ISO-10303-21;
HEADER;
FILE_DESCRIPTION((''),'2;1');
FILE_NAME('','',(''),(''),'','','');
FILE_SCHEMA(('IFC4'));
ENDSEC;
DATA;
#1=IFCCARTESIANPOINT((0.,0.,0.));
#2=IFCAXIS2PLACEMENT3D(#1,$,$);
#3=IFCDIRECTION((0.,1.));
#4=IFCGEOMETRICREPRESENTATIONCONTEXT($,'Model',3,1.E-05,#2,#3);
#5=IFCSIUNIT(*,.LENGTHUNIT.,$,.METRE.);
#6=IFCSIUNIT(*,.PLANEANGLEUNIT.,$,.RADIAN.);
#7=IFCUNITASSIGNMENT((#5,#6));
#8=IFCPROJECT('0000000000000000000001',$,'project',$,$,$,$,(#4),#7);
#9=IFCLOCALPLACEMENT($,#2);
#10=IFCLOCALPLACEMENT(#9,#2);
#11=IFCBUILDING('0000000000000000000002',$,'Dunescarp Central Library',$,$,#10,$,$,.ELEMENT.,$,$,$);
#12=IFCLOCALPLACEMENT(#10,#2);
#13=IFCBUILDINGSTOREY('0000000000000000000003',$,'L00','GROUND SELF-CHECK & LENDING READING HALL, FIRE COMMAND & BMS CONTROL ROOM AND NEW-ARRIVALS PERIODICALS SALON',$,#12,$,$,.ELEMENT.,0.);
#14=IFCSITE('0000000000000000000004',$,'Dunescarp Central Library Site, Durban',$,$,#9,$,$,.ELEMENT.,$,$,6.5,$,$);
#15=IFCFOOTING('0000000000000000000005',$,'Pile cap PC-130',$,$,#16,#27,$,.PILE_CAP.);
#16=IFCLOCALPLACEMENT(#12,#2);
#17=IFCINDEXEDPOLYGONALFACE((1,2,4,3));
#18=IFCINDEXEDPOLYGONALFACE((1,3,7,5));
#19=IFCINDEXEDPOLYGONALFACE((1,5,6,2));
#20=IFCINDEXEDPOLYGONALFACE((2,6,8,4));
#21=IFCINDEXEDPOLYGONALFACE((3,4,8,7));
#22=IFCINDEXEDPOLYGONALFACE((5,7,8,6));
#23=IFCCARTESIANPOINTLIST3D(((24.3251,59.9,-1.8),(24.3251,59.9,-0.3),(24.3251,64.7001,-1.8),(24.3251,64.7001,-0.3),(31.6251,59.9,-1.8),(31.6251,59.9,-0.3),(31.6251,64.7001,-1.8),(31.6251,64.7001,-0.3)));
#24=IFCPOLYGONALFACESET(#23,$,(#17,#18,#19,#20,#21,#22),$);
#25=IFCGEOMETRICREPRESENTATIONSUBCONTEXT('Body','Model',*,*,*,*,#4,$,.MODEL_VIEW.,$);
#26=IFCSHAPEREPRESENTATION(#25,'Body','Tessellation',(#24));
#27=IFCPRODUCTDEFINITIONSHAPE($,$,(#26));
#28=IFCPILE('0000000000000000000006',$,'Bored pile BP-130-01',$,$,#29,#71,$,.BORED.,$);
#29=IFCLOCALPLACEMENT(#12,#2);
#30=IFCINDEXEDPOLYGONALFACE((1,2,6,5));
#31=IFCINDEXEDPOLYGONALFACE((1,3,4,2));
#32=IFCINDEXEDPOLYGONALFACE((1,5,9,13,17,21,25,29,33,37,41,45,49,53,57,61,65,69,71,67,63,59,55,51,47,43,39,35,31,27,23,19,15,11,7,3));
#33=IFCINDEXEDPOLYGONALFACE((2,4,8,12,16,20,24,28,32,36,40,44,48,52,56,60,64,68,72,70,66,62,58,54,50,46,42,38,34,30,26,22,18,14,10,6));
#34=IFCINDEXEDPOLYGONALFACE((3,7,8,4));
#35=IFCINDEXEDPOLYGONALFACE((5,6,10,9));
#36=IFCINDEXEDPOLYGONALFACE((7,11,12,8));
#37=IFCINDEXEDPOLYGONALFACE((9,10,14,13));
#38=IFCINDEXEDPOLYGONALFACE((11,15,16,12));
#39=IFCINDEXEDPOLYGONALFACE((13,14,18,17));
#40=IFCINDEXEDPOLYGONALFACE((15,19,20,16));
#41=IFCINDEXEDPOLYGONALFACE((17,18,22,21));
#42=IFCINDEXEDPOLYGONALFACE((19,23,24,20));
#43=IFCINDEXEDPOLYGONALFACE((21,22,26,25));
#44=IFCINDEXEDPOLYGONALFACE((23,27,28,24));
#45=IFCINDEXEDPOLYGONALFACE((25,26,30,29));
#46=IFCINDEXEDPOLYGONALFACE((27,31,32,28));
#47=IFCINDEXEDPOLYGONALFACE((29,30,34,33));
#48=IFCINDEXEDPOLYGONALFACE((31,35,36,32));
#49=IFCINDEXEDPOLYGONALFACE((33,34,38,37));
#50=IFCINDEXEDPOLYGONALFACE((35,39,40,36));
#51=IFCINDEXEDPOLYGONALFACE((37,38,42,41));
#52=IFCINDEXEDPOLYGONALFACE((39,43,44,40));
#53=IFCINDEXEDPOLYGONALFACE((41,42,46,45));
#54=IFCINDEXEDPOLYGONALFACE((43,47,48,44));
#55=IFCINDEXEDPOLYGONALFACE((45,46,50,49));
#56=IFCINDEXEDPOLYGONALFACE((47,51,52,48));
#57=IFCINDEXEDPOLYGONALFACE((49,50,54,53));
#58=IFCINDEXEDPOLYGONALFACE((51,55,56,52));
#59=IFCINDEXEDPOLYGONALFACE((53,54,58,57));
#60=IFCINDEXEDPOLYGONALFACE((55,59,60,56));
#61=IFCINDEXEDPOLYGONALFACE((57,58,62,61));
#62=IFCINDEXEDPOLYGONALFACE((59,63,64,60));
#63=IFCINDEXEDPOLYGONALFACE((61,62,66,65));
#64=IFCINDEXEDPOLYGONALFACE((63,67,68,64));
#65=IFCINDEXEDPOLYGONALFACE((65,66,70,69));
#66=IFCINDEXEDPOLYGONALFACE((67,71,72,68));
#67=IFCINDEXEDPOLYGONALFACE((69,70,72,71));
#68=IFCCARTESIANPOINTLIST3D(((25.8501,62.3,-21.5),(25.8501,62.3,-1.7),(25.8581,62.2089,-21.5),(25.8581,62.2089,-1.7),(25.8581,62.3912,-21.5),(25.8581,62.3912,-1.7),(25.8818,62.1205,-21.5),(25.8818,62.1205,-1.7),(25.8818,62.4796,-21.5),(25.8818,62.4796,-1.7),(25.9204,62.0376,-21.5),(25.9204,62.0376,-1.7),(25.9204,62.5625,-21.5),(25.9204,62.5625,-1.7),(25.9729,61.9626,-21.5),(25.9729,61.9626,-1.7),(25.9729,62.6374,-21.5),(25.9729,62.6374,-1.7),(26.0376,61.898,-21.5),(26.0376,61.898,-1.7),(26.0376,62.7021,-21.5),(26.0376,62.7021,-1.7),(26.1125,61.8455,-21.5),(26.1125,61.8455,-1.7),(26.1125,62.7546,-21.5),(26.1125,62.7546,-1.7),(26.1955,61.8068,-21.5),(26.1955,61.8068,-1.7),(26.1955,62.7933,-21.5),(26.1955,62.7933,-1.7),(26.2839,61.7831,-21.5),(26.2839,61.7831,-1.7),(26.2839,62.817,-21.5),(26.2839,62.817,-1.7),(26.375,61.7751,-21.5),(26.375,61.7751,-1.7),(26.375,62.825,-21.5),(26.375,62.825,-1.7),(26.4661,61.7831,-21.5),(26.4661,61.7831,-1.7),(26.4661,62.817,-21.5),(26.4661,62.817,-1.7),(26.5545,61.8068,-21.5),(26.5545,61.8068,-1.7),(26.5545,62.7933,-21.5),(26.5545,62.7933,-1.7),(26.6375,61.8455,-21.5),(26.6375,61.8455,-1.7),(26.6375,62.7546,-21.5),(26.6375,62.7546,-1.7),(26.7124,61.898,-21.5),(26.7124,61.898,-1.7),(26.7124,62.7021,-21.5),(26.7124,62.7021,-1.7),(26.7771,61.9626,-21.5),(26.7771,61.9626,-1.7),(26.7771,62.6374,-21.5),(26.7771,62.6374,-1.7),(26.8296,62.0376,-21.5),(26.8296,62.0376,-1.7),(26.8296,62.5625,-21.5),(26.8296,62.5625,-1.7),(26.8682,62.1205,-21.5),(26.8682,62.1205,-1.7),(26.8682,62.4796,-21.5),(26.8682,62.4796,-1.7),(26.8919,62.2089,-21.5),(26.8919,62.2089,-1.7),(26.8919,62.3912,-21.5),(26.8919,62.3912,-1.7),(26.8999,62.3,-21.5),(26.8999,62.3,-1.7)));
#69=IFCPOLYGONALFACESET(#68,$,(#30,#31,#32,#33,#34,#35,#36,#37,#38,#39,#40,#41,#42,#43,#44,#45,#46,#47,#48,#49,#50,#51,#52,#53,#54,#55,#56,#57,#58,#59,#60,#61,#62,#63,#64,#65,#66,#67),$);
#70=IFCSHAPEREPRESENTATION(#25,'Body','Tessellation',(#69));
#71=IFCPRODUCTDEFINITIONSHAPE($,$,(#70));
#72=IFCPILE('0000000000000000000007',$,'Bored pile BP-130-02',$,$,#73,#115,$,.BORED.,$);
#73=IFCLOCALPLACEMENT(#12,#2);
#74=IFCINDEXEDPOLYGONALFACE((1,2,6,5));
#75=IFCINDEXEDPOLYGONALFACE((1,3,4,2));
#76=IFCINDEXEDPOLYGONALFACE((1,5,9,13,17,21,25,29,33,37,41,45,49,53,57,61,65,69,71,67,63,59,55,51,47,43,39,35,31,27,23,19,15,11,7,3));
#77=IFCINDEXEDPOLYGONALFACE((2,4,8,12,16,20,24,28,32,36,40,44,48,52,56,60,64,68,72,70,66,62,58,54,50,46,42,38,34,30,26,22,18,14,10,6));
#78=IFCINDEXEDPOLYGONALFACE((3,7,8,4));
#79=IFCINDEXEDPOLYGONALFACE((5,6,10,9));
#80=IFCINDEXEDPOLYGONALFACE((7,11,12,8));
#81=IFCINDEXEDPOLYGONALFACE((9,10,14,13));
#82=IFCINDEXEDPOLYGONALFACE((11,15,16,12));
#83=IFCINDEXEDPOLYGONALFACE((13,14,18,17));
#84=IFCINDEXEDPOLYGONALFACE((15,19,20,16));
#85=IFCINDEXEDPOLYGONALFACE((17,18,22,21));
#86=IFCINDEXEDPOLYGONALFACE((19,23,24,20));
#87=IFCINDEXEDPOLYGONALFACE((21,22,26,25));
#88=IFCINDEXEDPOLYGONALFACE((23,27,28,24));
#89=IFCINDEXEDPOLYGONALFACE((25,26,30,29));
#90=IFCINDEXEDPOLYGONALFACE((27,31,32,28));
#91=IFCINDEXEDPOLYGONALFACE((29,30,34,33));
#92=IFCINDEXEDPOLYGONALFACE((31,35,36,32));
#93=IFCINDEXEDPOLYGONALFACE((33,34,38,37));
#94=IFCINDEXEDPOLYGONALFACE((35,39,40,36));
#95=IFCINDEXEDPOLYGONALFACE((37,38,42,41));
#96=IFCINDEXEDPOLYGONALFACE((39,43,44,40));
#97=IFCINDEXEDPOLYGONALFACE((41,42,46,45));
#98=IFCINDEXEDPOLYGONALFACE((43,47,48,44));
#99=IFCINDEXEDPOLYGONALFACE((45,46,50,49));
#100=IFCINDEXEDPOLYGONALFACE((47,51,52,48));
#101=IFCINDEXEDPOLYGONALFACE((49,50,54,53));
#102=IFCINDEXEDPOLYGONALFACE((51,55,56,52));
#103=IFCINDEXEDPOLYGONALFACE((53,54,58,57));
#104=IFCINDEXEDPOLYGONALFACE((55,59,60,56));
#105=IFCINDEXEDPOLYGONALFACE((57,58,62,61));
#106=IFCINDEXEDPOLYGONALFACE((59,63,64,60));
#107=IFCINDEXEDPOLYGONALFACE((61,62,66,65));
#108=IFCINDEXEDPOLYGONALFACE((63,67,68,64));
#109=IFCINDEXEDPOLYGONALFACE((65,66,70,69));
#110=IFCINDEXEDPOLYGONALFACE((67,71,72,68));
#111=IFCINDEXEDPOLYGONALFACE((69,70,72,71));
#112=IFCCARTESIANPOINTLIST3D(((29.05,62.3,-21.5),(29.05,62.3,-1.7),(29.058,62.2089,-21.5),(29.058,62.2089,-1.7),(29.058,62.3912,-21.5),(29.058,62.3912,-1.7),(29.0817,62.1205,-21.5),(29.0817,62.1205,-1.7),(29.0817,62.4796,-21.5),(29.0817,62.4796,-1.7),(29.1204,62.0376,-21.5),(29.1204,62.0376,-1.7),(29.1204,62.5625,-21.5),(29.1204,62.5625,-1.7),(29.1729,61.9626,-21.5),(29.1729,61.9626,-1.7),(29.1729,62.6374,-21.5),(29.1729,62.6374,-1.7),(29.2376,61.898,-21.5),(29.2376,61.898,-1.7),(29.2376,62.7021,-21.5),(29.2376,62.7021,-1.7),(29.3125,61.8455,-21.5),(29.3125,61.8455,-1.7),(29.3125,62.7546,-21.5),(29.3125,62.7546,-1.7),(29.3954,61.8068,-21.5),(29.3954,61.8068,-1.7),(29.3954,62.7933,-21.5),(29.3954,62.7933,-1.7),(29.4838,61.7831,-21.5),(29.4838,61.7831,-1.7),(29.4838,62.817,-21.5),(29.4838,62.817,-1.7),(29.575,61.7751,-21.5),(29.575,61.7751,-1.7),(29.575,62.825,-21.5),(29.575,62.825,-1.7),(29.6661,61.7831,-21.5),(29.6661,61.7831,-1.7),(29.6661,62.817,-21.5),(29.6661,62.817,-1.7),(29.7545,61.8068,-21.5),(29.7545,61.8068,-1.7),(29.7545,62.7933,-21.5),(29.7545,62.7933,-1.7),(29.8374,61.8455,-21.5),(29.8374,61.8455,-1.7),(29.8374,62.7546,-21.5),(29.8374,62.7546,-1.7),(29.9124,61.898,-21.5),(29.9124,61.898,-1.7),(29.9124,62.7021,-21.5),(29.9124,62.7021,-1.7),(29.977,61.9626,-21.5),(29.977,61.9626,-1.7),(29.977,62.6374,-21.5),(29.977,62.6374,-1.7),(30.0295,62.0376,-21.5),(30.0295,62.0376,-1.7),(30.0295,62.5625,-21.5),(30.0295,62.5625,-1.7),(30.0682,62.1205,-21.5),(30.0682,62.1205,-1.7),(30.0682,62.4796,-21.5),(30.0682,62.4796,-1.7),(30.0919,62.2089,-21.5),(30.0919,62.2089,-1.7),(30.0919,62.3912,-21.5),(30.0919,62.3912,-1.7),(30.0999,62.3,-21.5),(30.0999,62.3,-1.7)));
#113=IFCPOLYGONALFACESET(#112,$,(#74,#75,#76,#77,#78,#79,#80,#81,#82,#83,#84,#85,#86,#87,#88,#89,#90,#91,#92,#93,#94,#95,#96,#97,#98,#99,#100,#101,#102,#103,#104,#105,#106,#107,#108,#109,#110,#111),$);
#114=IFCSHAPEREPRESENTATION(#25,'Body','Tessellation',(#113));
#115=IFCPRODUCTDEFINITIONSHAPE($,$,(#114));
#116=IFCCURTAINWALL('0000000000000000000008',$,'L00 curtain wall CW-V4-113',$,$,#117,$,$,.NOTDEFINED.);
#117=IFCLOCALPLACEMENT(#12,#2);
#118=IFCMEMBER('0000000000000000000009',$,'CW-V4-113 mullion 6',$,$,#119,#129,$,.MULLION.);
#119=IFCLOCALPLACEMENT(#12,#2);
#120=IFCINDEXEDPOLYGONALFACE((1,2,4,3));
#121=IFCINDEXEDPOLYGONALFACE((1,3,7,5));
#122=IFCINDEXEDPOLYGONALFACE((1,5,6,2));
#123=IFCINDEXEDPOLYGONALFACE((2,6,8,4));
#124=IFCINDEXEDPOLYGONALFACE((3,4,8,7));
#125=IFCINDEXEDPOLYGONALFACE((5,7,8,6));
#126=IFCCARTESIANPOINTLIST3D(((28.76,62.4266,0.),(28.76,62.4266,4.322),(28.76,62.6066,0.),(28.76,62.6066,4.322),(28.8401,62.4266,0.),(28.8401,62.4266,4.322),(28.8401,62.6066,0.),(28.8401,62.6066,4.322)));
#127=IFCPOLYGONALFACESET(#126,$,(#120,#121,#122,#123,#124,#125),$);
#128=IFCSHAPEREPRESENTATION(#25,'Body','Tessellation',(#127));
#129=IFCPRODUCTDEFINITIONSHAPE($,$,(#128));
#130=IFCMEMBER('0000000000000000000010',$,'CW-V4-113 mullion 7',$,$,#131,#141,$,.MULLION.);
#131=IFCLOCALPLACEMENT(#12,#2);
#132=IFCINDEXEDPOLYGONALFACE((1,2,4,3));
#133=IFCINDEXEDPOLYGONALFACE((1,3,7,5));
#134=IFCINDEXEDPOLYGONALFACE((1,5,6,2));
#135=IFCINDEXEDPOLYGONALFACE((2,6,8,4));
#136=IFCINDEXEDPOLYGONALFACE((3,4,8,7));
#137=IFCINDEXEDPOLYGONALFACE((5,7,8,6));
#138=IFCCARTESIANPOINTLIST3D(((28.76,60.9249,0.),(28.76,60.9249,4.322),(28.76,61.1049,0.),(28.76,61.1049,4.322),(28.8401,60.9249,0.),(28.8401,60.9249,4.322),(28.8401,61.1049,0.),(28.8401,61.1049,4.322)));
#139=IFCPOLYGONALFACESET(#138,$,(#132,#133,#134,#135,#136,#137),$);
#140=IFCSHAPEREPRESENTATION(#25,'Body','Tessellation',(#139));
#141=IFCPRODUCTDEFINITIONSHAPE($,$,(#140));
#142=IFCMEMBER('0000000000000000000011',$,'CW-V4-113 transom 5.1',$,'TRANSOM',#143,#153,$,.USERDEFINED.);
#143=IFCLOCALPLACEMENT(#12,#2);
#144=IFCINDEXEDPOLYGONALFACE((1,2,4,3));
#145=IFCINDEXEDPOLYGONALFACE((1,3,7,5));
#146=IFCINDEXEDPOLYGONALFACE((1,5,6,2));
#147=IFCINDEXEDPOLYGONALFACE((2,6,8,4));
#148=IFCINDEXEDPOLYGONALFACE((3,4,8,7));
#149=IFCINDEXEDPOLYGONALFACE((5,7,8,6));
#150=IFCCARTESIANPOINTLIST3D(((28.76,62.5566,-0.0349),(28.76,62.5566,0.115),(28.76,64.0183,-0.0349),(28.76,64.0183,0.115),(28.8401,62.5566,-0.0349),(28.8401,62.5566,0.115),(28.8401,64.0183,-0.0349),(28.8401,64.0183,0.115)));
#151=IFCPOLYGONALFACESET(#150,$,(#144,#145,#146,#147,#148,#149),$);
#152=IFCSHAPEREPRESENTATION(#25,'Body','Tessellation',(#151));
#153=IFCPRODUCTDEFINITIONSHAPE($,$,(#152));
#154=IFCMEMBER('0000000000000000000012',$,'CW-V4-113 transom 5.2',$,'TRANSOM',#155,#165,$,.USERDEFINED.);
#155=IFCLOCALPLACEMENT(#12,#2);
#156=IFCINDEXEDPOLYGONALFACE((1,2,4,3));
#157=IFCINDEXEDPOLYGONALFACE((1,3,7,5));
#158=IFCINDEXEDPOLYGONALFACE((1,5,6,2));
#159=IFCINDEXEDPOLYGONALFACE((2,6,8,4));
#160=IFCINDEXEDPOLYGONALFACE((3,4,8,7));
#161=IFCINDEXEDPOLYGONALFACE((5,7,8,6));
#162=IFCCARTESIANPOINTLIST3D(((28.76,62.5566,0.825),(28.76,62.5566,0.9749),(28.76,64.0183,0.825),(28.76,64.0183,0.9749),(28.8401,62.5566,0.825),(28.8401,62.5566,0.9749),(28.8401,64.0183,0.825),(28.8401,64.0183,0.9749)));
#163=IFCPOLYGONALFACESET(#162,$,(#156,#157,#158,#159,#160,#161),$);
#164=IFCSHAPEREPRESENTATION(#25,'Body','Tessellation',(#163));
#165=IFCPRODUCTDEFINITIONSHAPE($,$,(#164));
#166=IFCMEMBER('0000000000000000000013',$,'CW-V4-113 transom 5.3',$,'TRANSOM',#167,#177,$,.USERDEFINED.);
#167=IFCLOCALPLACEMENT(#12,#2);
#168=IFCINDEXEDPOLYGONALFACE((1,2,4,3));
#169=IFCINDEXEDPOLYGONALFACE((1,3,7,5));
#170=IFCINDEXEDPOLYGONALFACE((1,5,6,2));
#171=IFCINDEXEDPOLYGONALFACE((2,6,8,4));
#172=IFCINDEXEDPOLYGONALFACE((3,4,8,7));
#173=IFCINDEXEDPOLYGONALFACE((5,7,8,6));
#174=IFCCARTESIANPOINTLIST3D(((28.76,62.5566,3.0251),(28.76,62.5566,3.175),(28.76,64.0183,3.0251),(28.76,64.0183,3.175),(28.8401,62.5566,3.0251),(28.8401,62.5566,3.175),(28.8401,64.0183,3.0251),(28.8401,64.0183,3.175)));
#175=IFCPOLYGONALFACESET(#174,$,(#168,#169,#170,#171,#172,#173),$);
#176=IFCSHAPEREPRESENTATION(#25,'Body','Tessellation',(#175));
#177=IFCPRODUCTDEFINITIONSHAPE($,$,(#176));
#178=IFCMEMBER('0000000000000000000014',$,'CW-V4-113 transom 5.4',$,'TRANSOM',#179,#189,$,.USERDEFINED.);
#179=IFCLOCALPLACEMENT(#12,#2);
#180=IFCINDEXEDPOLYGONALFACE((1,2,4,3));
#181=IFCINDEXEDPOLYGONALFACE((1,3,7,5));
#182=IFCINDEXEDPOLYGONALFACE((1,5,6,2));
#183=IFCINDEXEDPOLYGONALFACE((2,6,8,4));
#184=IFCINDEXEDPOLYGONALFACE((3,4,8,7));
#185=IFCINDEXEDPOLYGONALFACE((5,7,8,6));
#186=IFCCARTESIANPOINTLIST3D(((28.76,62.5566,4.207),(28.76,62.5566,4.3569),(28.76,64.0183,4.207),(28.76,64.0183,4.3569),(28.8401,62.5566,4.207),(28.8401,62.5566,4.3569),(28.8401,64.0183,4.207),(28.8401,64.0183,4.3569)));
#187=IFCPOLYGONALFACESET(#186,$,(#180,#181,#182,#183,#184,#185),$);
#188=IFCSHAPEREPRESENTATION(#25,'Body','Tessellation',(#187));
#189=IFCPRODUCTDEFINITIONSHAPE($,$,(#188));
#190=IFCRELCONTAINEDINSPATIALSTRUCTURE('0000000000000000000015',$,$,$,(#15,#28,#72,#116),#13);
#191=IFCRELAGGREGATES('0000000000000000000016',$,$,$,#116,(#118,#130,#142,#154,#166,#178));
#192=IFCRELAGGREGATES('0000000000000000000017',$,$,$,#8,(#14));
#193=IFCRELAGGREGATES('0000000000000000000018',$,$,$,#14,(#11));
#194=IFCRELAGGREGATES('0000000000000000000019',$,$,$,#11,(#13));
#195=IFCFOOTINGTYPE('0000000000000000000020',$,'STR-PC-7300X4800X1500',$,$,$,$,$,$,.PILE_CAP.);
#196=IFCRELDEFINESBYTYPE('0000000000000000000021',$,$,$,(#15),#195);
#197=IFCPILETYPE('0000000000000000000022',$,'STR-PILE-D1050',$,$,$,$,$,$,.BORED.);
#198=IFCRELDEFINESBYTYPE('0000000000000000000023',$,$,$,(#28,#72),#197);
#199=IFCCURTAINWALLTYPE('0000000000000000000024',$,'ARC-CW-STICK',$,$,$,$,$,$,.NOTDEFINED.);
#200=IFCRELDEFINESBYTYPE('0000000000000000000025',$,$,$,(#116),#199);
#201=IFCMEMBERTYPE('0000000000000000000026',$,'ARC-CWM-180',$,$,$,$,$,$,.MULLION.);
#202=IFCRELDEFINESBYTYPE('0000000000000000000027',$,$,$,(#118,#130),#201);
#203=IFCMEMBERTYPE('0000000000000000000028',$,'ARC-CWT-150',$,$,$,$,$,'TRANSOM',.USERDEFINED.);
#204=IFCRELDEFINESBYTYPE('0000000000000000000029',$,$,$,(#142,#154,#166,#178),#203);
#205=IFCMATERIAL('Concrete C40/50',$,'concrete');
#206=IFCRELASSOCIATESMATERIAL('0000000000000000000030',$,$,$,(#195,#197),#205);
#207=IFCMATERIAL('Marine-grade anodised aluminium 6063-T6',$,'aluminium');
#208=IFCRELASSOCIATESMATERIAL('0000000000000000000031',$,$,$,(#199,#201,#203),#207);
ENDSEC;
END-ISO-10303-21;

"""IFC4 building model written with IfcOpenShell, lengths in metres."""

from ifc_helpers import new_model, si_unit, direction, frame, origin, origin_2d, place, context, subcontext, project, spatial, rectangle, circle, extrude, material, material_profile, profile_set, type_object, element, aggregate, save


model = new_model("IFC4")

# Units and contexts
model_context = context("Model", 3, precision=1e-05, world=origin(), true_north=direction((0.0, 1.0)))
body_context = subcontext(model_context, "Body", "Model", "MODEL_VIEW")
ifc_project = project(units=[si_unit("LENGTHUNIT", "METRE"), si_unit("PLANEANGLEUNIT", "RADIAN")], contexts=[model_context])

# Site, building, storey
site_placement = place(None, origin())
site = spatial("IfcSite", under=ifc_project, at=site_placement, Name="Dunescarp Central Library Site, Durban", CompositionType="ELEMENT", RefElevation=6.5)
building_placement = place(site_placement, origin())
building = spatial("IfcBuilding", under=site, at=building_placement, Name="Dunescarp Central Library", CompositionType="ELEMENT")
storey_placement = place(building_placement, origin())
storey = spatial("IfcBuildingStorey", under=building, at=storey_placement, Name="L00", Description="GROUND SELF-CHECK & LENDING READING HALL, FIRE COMMAND & BMS CONTROL ROOM AND NEW-ARRIVALS PERIODICALS SALON", CompositionType="ELEMENT", Elevation=0.0)

# Footing
ifc_material_1 = material(Name="Concrete C40/50", Category="concrete")
footing_type = type_object("IfcFootingType", Name="STR-PC-7300X4800X1500", PredefinedType="PILE_CAP", material=ifc_material_1)
footing_placement = place(storey_placement, frame((27.9751, 62.3, -1.8), z_axis=(0.0, 0.0, 1.0), x_axis=(1.0, 0.0, 0.0)))
element("IfcFooting", 1, at=footing_placement, inside=storey, type_object=footing_type, Name="Pile cap PC-130", PredefinedType="PILE_CAP", context=body_context, shape_type="SweptSolid", body=[
    extrude(rectangle(XDim=7.3, YDim=4.8, at=origin_2d()), origin(), (0.0, 0.0, 1.0), 1.5),
])

# Piles
ifc_material_profile_1 = material_profile(ifc_material_1, circle(Radius=0.5249, at=origin_2d()), Name="PILE D1050")
ifc_profile_set_1 = profile_set([ifc_material_profile_1], Name="Concrete C40/50")
pile_type = type_object("IfcPileType", Name="STR-PILE-D1050", PredefinedType="BORED", material=ifc_profile_set_1)
for number, where, z_axis, x_axis, name in (
    (2, (26.375, 62.3, -1.7), (0.0, 0.0, -1.0), (1.0, 0.0, 0.0), "Bored pile BP-130-01"),
    (3, (29.575, 62.3, -1.7), (0.0, 0.0, -1.0), (1.0, 0.0, 0.0), "Bored pile BP-130-02"),
):
    element("IfcPile", number, at=place(storey_placement, frame(where, z_axis=z_axis, x_axis=x_axis)), inside=storey, type_object=pile_type, Name=name, PredefinedType="BORED", context=body_context, shape_type="SweptSolid", body=[
        extrude(circle(Radius=0.5249, at=origin_2d()), origin(), (0.0, 0.0, 1.0), 19.8),
    ])

# Curtain wall, members
ifc_material_2 = material(Name="Marine-grade anodised aluminium 6063-T6", Category="aluminium")
curtain_wall_type = type_object("IfcCurtainWallType", Name="ARC-CW-STICK", PredefinedType="NOTDEFINED", material=ifc_material_2)
curtain_wall_placement = place(storey_placement, origin())
curtain_wall = element("IfcCurtainWall", 4, at=curtain_wall_placement, inside=storey, type_object=curtain_wall_type, Name="L00 curtain wall CW-V4-113", PredefinedType="NOTDEFINED")
ifc_material_profile_2 = material_profile(ifc_material_2, rectangle(XDim=0.0801, YDim=0.1799, at=origin_2d()), Name="AL 80x180")
ifc_profile_set_2 = profile_set([ifc_material_profile_2], Name="Marine-grade anodised aluminium 6063-T6")
member_type_1 = type_object("IfcMemberType", Name="ARC-CWM-180", PredefinedType="MULLION", material=ifc_profile_set_2)
member_1_placement = place(storey_placement, frame((28.8, 62.5166, 0.0), z_axis=(0.0, 0.0, 1.0), x_axis=(1.0, 0.0, 0.0)))
member_1 = element("IfcMember", 5, at=member_1_placement, type_object=member_type_1, Name="CW-V4-113 mullion 6", PredefinedType="MULLION", context=body_context, shape_type="SweptSolid", body=[
    extrude(rectangle(XDim=0.0801, YDim=0.1799, at=origin_2d()), origin(), (0.0, 0.0, 1.0), 4.322),
])
member_2_placement = place(storey_placement, frame((28.8, 61.0149, 0.0), z_axis=(0.0, 0.0, 1.0), x_axis=(1.0, 0.0, 0.0)))
member_2 = element("IfcMember", 6, at=member_2_placement, type_object=member_type_1, Name="CW-V4-113 mullion 7", PredefinedType="MULLION", context=body_context, shape_type="SweptSolid", body=[
    extrude(rectangle(XDim=0.0801, YDim=0.1799, at=origin_2d()), origin(), (0.0, 0.0, 1.0), 4.322),
])
ifc_material_profile_3 = material_profile(ifc_material_2, rectangle(XDim=0.0801, YDim=0.1499, at=origin_2d()), Name="AL 80x150")
ifc_profile_set_3 = profile_set([ifc_material_profile_3], Name="Marine-grade anodised aluminium 6063-T6")
member_type_2 = type_object("IfcMemberType", Name="ARC-CWT-150", ElementType="TRANSOM", PredefinedType="USERDEFINED", material=ifc_profile_set_3)
member_3_placement = place(storey_placement, frame((28.8, 64.0183, 0.04), z_axis=(0.0, -1.0, 0.0), x_axis=(1.0, 0.0, 0.0)))
member_3 = element("IfcMember", 7, at=member_3_placement, type_object=member_type_2, Name="CW-V4-113 transom 5.1", ObjectType="TRANSOM", PredefinedType="USERDEFINED", context=body_context, shape_type="SweptSolid", body=[
    extrude(rectangle(XDim=0.0801, YDim=0.1499, at=origin_2d()), origin(), (0.0, 0.0, 1.0), 1.4617),
])
member_4_placement = place(storey_placement, frame((28.8, 64.0183, 0.8999), z_axis=(0.0, -1.0, 0.0), x_axis=(1.0, 0.0, 0.0)))
member_4 = element("IfcMember", 8, at=member_4_placement, type_object=member_type_2, Name="CW-V4-113 transom 5.2", ObjectType="TRANSOM", PredefinedType="USERDEFINED", context=body_context, shape_type="SweptSolid", body=[
    extrude(rectangle(XDim=0.0801, YDim=0.1499, at=origin_2d()), origin(), (0.0, 0.0, 1.0), 1.4617),
])
member_5_placement = place(storey_placement, frame((28.8, 64.0183, 3.1001), z_axis=(0.0, -1.0, 0.0), x_axis=(1.0, 0.0, 0.0)))
member_5 = element("IfcMember", 9, at=member_5_placement, type_object=member_type_2, Name="CW-V4-113 transom 5.3", ObjectType="TRANSOM", PredefinedType="USERDEFINED", context=body_context, shape_type="SweptSolid", body=[
    extrude(rectangle(XDim=0.0801, YDim=0.1499, at=origin_2d()), origin(), (0.0, 0.0, 1.0), 1.4617),
])
member_6_placement = place(storey_placement, frame((28.8, 64.0183, 4.282), z_axis=(0.0, -1.0, 0.0), x_axis=(1.0, 0.0, 0.0)))
member_6 = element("IfcMember", 10, at=member_6_placement, type_object=member_type_2, Name="CW-V4-113 transom 5.4", ObjectType="TRANSOM", PredefinedType="USERDEFINED", context=body_context, shape_type="SweptSolid", body=[
    extrude(rectangle(XDim=0.0801, YDim=0.1499, at=origin_2d()), origin(), (0.0, 0.0, 1.0), 1.4617),
])
aggregate(curtain_wall, [member_1, member_2, member_3, member_4, member_5, member_6])

save(model, "model.ifc")
